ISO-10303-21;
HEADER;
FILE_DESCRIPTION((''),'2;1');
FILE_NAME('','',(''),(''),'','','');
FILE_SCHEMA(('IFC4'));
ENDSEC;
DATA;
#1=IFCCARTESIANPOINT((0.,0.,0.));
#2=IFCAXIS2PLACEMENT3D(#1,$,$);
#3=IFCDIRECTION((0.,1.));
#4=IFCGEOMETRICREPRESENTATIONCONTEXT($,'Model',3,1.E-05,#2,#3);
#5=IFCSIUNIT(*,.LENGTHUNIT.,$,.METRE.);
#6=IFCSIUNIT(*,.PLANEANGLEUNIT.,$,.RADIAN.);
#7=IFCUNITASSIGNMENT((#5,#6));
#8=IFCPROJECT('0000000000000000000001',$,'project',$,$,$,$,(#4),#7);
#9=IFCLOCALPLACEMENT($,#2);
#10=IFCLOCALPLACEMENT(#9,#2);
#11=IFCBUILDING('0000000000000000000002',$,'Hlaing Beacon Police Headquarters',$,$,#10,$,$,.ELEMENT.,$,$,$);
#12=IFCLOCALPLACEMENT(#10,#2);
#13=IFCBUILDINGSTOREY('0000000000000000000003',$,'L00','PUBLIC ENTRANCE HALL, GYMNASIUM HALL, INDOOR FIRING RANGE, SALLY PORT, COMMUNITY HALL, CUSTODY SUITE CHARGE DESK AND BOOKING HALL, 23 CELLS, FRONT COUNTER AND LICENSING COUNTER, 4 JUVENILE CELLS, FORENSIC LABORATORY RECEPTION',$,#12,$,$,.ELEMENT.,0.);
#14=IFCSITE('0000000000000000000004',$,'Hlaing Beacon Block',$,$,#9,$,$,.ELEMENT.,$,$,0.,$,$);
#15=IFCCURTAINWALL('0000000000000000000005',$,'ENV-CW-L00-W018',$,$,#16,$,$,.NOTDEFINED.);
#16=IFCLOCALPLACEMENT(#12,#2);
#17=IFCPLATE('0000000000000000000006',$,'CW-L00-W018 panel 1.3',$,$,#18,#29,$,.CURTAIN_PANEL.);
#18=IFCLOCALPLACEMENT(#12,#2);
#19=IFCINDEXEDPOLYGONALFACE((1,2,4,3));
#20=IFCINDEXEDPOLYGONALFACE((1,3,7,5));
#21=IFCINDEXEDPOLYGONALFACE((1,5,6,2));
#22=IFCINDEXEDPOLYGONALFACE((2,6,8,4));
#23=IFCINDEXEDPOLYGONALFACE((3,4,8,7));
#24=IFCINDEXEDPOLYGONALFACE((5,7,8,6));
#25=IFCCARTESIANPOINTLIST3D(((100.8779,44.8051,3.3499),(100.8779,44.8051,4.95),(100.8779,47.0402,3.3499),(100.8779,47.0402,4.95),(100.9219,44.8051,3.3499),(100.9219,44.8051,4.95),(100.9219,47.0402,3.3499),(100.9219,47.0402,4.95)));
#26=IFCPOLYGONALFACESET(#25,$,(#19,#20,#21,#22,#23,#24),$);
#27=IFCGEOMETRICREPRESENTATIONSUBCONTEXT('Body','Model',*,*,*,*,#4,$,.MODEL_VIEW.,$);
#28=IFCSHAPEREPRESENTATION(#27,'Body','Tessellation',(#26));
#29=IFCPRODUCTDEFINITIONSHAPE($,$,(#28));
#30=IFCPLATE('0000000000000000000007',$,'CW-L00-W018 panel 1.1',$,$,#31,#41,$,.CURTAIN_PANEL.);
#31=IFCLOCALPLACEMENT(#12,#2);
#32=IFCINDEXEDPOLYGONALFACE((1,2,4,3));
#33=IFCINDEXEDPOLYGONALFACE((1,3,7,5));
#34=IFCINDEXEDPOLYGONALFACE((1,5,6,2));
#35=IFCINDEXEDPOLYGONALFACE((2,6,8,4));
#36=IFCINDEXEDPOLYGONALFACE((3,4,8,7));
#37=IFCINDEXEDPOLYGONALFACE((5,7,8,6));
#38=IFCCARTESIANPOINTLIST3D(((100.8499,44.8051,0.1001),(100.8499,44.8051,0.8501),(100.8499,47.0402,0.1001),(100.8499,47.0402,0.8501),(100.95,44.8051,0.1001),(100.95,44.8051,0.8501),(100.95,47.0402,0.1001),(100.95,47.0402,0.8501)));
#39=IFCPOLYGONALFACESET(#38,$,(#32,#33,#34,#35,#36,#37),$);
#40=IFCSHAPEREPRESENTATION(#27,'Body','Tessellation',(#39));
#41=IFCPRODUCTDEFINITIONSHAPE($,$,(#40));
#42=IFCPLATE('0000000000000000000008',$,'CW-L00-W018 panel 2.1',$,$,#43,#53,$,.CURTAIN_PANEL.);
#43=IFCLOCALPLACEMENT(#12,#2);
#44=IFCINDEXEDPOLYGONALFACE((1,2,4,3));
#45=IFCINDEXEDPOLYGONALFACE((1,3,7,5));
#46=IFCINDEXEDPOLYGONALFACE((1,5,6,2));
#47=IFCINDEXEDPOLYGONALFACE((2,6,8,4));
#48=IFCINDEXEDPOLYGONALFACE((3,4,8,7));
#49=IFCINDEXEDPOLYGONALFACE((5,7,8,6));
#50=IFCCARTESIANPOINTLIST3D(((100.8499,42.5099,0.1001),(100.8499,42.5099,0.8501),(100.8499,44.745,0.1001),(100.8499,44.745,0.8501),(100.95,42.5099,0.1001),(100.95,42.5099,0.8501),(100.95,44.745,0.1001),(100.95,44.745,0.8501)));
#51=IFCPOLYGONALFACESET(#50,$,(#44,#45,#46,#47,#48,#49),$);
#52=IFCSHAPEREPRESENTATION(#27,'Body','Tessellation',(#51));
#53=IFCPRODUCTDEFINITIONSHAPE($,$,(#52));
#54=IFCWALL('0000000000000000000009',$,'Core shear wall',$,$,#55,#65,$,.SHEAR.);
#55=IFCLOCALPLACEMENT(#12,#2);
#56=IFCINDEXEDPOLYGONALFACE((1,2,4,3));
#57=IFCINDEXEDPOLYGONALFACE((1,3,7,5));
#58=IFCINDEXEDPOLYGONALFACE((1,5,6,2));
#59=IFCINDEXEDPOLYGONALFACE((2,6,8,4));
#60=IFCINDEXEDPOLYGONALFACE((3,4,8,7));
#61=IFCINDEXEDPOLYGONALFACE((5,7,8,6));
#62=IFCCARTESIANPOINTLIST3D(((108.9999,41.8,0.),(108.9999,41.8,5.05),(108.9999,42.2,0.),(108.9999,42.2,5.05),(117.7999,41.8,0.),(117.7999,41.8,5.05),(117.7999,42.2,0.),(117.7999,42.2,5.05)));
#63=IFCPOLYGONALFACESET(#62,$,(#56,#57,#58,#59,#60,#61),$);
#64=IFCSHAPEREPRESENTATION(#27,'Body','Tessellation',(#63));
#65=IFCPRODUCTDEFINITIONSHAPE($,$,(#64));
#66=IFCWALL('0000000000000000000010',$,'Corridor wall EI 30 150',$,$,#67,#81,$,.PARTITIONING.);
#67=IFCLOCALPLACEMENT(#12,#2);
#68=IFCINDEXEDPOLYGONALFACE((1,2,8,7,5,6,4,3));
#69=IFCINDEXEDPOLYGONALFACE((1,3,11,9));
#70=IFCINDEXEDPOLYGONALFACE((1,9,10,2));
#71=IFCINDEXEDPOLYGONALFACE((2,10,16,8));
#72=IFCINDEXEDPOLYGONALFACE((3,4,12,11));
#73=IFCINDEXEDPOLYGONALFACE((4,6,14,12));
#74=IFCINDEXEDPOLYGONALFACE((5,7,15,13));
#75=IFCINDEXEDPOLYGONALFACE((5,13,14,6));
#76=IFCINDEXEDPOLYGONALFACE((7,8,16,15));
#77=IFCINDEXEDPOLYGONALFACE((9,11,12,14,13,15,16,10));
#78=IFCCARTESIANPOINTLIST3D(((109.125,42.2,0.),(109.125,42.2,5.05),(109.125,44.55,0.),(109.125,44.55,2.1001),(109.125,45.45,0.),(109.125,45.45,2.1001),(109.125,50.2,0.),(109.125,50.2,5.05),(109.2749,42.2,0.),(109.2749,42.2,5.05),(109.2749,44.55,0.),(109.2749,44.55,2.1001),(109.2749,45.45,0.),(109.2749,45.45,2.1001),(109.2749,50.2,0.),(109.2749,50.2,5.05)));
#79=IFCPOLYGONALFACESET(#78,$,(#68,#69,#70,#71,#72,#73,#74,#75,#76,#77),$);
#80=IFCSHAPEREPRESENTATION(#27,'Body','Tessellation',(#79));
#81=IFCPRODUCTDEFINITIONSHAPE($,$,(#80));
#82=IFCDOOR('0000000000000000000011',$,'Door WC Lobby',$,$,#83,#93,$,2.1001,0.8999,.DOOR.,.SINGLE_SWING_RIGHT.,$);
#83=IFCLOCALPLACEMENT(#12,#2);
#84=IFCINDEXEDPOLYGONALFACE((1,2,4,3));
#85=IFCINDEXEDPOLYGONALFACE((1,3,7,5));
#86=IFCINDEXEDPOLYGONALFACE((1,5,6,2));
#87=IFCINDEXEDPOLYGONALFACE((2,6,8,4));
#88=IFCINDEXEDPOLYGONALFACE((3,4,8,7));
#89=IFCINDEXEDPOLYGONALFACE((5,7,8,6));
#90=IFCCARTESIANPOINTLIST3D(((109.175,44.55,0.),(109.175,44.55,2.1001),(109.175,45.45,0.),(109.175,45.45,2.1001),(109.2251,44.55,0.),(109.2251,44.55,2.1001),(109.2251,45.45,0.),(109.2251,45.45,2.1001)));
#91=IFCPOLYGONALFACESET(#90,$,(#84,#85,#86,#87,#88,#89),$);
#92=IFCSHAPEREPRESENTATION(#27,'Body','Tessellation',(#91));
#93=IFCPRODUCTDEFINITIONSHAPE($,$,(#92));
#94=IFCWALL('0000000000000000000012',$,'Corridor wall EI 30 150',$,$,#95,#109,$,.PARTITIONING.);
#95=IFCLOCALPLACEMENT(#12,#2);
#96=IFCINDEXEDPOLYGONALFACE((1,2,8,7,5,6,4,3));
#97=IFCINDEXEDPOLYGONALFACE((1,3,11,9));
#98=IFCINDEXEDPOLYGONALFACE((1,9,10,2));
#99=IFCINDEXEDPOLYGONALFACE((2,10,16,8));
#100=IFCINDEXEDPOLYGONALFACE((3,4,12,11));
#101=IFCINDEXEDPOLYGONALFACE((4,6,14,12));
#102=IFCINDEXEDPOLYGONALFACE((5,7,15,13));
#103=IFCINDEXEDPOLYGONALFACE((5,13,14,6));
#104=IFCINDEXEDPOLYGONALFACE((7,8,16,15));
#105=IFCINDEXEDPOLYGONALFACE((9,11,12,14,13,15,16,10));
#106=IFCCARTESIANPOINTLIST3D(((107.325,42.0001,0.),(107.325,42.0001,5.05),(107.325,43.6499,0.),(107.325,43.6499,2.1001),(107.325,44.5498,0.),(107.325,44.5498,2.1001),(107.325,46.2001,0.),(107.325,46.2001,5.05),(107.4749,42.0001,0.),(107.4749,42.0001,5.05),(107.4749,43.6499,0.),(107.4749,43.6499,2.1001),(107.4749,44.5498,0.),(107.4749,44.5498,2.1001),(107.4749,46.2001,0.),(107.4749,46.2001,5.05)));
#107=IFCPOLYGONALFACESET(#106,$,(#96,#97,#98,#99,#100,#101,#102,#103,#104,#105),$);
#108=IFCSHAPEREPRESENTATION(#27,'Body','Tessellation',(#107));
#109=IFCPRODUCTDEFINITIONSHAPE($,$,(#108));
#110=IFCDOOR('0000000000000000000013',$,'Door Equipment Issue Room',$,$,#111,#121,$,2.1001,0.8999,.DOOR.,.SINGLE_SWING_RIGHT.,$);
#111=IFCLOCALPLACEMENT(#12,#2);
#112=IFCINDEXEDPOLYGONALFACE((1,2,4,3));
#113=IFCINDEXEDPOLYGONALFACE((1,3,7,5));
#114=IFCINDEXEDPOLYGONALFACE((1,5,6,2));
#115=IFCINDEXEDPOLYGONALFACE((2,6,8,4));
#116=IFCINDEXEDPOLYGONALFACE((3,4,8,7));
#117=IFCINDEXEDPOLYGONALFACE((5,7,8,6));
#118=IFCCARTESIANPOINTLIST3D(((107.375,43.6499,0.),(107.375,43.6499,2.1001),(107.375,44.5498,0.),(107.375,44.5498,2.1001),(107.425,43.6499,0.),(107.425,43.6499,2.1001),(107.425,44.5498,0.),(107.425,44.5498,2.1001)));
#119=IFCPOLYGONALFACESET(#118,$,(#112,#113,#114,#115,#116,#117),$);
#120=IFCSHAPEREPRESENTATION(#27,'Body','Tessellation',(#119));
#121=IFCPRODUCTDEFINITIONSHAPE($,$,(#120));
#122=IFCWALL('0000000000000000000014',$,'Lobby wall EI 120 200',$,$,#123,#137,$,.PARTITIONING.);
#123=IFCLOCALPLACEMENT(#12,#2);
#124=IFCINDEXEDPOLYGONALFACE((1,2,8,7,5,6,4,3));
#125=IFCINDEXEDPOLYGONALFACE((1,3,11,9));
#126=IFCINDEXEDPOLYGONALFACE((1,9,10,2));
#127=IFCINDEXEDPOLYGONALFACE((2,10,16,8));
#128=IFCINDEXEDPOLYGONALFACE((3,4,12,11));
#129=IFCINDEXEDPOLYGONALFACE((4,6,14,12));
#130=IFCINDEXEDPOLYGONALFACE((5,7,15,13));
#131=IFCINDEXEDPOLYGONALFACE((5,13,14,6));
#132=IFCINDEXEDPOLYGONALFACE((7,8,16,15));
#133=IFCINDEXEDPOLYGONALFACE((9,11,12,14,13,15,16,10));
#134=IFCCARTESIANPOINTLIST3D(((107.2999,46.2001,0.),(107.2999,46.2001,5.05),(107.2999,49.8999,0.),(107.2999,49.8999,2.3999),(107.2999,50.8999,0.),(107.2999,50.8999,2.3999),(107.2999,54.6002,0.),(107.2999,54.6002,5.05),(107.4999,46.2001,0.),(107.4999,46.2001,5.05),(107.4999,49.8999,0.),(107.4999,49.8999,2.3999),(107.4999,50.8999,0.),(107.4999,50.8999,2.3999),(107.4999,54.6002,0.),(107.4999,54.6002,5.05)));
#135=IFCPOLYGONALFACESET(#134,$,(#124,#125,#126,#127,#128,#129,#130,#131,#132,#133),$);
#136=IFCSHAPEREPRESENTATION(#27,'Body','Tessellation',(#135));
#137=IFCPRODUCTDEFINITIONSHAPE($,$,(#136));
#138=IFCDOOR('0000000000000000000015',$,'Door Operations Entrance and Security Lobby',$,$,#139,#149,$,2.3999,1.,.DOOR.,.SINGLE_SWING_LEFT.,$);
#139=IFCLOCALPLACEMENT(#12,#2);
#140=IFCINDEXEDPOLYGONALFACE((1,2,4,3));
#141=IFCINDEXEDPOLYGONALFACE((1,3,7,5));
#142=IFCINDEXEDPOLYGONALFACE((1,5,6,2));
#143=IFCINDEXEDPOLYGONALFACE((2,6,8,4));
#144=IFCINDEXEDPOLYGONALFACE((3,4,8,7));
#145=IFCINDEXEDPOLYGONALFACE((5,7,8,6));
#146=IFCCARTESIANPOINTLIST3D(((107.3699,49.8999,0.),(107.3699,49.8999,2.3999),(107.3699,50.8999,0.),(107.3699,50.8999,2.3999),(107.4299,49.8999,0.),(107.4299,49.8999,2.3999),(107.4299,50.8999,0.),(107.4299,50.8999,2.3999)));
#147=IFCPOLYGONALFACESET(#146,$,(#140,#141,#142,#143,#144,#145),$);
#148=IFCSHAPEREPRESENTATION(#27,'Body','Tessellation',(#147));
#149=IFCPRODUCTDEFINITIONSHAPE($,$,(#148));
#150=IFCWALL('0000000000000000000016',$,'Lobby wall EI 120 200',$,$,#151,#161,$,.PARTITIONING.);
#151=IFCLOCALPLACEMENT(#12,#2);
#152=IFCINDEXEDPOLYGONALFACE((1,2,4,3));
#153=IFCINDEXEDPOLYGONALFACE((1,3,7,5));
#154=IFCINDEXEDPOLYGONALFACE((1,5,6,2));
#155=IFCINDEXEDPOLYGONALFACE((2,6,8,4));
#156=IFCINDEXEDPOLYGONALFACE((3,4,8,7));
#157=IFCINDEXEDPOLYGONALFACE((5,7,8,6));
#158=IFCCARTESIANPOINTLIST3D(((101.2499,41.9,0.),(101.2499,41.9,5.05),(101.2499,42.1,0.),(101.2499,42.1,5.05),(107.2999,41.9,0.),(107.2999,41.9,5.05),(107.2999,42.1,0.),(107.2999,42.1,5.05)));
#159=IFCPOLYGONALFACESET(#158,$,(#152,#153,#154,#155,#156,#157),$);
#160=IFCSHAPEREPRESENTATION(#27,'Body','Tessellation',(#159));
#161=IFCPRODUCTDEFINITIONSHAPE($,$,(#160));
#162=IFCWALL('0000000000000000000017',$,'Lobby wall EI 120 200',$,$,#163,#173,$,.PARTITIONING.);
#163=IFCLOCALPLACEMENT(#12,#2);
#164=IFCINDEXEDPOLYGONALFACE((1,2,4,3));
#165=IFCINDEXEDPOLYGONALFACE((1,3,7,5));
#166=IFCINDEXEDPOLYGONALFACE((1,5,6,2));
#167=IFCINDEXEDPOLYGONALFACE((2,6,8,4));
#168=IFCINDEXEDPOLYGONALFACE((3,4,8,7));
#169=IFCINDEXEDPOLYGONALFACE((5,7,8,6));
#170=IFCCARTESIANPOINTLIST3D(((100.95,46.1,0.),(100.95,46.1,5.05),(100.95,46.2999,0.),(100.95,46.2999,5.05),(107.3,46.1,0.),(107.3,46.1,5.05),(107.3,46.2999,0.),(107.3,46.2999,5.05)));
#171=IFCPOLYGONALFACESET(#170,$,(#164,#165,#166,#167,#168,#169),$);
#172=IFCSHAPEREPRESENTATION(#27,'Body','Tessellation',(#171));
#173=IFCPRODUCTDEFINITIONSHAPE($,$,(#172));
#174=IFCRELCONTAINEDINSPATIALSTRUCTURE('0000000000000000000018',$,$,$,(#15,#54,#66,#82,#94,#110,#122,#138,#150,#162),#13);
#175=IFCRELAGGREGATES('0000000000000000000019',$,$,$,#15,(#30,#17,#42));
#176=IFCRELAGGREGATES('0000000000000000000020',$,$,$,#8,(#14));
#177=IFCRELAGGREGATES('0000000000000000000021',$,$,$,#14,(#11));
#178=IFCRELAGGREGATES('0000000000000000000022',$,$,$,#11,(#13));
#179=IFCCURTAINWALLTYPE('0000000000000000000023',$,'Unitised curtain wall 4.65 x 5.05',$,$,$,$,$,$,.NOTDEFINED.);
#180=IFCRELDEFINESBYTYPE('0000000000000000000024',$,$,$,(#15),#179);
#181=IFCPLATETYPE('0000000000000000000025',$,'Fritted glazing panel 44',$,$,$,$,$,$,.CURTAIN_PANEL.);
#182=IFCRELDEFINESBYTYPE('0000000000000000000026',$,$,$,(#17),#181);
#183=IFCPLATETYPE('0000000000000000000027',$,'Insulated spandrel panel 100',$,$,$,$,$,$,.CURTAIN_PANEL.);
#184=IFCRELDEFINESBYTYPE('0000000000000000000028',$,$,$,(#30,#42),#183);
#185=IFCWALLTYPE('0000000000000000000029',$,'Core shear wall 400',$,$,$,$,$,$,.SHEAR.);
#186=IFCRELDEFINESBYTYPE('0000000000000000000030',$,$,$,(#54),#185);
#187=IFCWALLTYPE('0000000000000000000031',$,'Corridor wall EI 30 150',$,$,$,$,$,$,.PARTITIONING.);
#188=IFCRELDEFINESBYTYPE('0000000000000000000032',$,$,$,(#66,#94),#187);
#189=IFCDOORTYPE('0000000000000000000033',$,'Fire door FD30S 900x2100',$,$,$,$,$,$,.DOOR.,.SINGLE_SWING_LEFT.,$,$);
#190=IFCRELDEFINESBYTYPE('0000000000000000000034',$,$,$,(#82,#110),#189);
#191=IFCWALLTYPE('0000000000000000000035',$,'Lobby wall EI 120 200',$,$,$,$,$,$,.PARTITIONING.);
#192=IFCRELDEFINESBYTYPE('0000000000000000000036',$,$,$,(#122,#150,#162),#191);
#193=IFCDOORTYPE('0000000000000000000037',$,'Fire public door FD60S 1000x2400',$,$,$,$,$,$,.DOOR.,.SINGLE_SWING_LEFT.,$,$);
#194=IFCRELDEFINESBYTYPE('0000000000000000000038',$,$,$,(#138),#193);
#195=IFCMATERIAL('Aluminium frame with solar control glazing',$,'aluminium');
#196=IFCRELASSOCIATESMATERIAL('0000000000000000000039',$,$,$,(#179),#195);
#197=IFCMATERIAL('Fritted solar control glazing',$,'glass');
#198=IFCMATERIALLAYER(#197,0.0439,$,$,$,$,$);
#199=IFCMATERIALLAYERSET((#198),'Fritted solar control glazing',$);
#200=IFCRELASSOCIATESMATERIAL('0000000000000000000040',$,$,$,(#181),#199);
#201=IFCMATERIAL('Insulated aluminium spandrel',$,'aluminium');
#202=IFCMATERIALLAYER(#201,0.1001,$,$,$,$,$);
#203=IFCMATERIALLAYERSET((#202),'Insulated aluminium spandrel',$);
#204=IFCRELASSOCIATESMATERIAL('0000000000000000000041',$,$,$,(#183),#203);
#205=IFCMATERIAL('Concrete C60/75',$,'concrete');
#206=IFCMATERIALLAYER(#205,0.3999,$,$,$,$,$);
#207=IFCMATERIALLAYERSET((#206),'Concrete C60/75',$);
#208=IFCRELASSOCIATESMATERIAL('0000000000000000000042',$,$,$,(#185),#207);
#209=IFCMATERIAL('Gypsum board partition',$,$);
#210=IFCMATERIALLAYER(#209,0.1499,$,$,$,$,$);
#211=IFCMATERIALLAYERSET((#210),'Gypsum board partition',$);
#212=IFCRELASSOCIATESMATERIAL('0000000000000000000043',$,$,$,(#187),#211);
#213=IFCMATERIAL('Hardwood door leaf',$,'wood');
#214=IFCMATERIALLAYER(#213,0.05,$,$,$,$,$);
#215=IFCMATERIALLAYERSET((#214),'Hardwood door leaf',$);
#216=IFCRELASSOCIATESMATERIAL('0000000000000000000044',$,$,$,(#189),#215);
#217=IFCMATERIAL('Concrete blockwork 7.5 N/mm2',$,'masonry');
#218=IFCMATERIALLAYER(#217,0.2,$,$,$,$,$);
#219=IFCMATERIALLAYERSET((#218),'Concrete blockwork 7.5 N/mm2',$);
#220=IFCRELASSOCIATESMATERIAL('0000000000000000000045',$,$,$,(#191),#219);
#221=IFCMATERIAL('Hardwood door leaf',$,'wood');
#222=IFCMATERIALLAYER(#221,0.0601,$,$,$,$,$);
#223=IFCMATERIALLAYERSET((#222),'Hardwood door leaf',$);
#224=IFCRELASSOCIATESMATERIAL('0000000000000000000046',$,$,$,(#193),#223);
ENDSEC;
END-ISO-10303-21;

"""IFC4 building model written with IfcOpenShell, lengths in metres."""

from ifc_helpers import new_model, si_unit, direction, frame, frame_2d, origin, origin_2d, place, context, subcontext, project, spatial, rectangle, extrude, material, layer, layer_set, type_object, element, fill, aggregate, save


model = new_model("IFC4")

# Units and contexts
model_context = context("Model", 3, precision=1e-05, world=origin(), true_north=direction((0.0, 1.0)))
body_context = subcontext(model_context, "Body", "Model", "MODEL_VIEW")
ifc_project = project(units=[si_unit("LENGTHUNIT", "METRE"), si_unit("PLANEANGLEUNIT", "RADIAN")], contexts=[model_context])

# Site, building, storey
site_placement = place(None, origin())
site = spatial("IfcSite", under=ifc_project, at=site_placement, Name="Hlaing Beacon Block", CompositionType="ELEMENT", RefElevation=0.0)
building_placement = place(site_placement, origin())
building = spatial("IfcBuilding", under=site, at=building_placement, Name="Hlaing Beacon Police Headquarters", CompositionType="ELEMENT")
storey_placement = place(building_placement, origin())
storey = spatial("IfcBuildingStorey", under=building, at=storey_placement, Name="L00", Description="PUBLIC ENTRANCE HALL, GYMNASIUM HALL, INDOOR FIRING RANGE, SALLY PORT, COMMUNITY HALL, CUSTODY SUITE CHARGE DESK AND BOOKING HALL, 23 CELLS, FRONT COUNTER AND LICENSING COUNTER, 4 JUVENILE CELLS, FORENSIC LABORATORY RECEPTION", CompositionType="ELEMENT", Elevation=0.0)

# Curtain wall, plates
ifc_material_1 = material(Name="Aluminium frame with solar control glazing", Category="aluminium")
curtain_wall_type = type_object("IfcCurtainWallType", Name="Unitised curtain wall 4.65 x 5.05", PredefinedType="NOTDEFINED", material=ifc_material_1)
curtain_wall_placement = place(storey_placement, origin())
curtain_wall = element("IfcCurtainWall", 1, at=curtain_wall_placement, inside=storey, type_object=curtain_wall_type, Name="ENV-CW-L00-W018", PredefinedType="NOTDEFINED")
ifc_material_2 = material(Name="Fritted solar control glazing", Category="glass")
ifc_layer_1 = layer(ifc_material_2, 0.0439)
ifc_layer_set_1 = layer_set([ifc_layer_1], Name="Fritted solar control glazing")
plate_type_1 = type_object("IfcPlateType", Name="Fritted glazing panel 44", PredefinedType="CURTAIN_PANEL", material=ifc_layer_set_1)
plate_1_placement = place(storey_placement, frame((100.8999, 45.9226, 3.3499), z_axis=(0.0, 0.0, 1.0), x_axis=(0.0, -1.0, 0.0)))
plate_1 = element("IfcPlate", 2, at=plate_1_placement, type_object=plate_type_1, Name="CW-L00-W018 panel 1.3", PredefinedType="CURTAIN_PANEL", context=body_context, shape_type="SweptSolid", body=[
    extrude(rectangle(XDim=2.2351, YDim=0.0439, at=origin_2d()), origin(), (0.0, 0.0, 1.0), 1.6001),
])
ifc_material_3 = material(Name="Insulated aluminium spandrel", Category="aluminium")
ifc_layer_2 = layer(ifc_material_3, 0.1001)
ifc_layer_set_2 = layer_set([ifc_layer_2], Name="Insulated aluminium spandrel")
plate_type_2 = type_object("IfcPlateType", Name="Insulated spandrel panel 100", PredefinedType="CURTAIN_PANEL", material=ifc_layer_set_2)
plate_2_placement = place(storey_placement, frame((100.8999, 45.9226, 0.1001), z_axis=(0.0, 0.0, 1.0), x_axis=(0.0, -1.0, 0.0)))
plate_2 = element("IfcPlate", 3, at=plate_2_placement, type_object=plate_type_2, Name="CW-L00-W018 panel 1.1", PredefinedType="CURTAIN_PANEL", context=body_context, shape_type="SweptSolid", body=[
    extrude(rectangle(XDim=2.2351, YDim=0.1001, at=origin_2d()), origin(), (0.0, 0.0, 1.0), 0.75),
])
plate_3_placement = place(storey_placement, frame((100.8999, 43.6274, 0.1001), z_axis=(0.0, 0.0, 1.0), x_axis=(0.0, -1.0, 0.0)))
plate_3 = element("IfcPlate", 4, at=plate_3_placement, type_object=plate_type_2, Name="CW-L00-W018 panel 2.1", PredefinedType="CURTAIN_PANEL", context=body_context, shape_type="SweptSolid", body=[
    extrude(rectangle(XDim=2.2351, YDim=0.1001, at=origin_2d()), origin(), (0.0, 0.0, 1.0), 0.75),
])
aggregate(curtain_wall, [plate_2, plate_1, plate_3])

# Wall
ifc_material_4 = material(Name="Concrete C60/75", Category="concrete")
ifc_layer_3 = layer(ifc_material_4, 0.3999)
ifc_layer_set_3 = layer_set([ifc_layer_3], Name="Concrete C60/75")
wall_type_1 = type_object("IfcWallType", Name="Core shear wall 400", PredefinedType="SHEAR", material=ifc_layer_set_3)
wall_1_placement = place(storey_placement, frame((109.0, 42.0, 0.0), z_axis=(0.0, 0.0, 1.0), x_axis=(1.0, 0.0, 0.0)))
element("IfcWall", 5, at=wall_1_placement, inside=storey, type_object=wall_type_1, Name="Core shear wall", PredefinedType="SHEAR", context=body_context, shape_type="SweptSolid", body=[
    extrude(rectangle(XDim=8.8, YDim=0.3999, at=frame_2d((4.3999, 0.0))), origin(), (0.0, 0.0, 1.0), 5.05),
])

# Walls, openings, doors
ifc_material_5 = material(Name="Gypsum board partition")
ifc_layer_4 = layer(ifc_material_5, 0.1499)
ifc_layer_set_4 = layer_set([ifc_layer_4], Name="Gypsum board partition")
wall_type_2 = type_object("IfcWallType", Name="Corridor wall EI 30 150", PredefinedType="PARTITIONING", material=ifc_layer_set_4)
wall_2_placement = place(storey_placement, frame((109.2, 42.2, 0.0), z_axis=(0.0, 0.0, 1.0), x_axis=(0.0, 1.0, 0.0)))
wall_2 = element("IfcWall", 6, at=wall_2_placement, inside=storey, type_object=wall_type_2, Name="Corridor wall EI 30 150", PredefinedType="PARTITIONING", context=body_context, shape_type="SweptSolid", body=[
    extrude(rectangle(XDim=8.0, YDim=0.1499, at=frame_2d((4.0, 0.0))), origin(), (0.0, 0.0, 1.0), 5.05),
])
opening_1_placement = place(wall_2_placement, frame((2.3501, 0.0, 0.0)))
opening_1 = element("IfcOpeningElement", 7, at=opening_1_placement, cuts=wall_2, PredefinedType="OPENING", context=body_context, shape_type="SweptSolid", body=[
    extrude(rectangle(XDim=0.8999, YDim=2.1001, at=frame_2d((0.45, 1.05))), frame((0.0, 0.085, 0.0), z_axis=(0.0, -1.0, 0.0), x_axis=(1.0, 0.0, 0.0)), (0.0, 0.0, 1.0), 0.1699),
])
ifc_material_6 = material(Name="Hardwood door leaf", Category="wood")
ifc_layer_5 = layer(ifc_material_6, 0.05)
ifc_layer_set_5 = layer_set([ifc_layer_5], Name="Hardwood door leaf")
door_type_1 = type_object("IfcDoorType", Name="Fire door FD30S 900x2100", OperationType="SINGLE_SWING_LEFT", PredefinedType="DOOR", material=ifc_layer_set_5)
door_1_placement = place(opening_1_placement, frame((0.8999, 0.0, 0.0), z_axis=(0.0, 0.0, 1.0), x_axis=(-1.0, 0.0, 0.0)))
door_1 = element("IfcDoor", 8, at=door_1_placement, inside=storey, type_object=door_type_1, Name="Door WC Lobby", OperationType="SINGLE_SWING_RIGHT", OverallHeight=2.1001, OverallWidth=0.8999, PredefinedType="DOOR", context=body_context, shape_type="SweptSolid", body=[
    extrude(rectangle(XDim=0.8999, YDim=2.1001, at=frame_2d((0.45, 1.05))), frame((0.0, 0.0251, 0.0), z_axis=(0.0, -1.0, 0.0), x_axis=(1.0, 0.0, 0.0)), (0.0, 0.0, 1.0), 0.05),
])
fill(opening_1, door_1)
wall_3_placement = place(storey_placement, frame((107.3999, 42.0, 0.0), z_axis=(0.0, 0.0, 1.0), x_axis=(0.0, 1.0, 0.0)))
wall_3 = element("IfcWall", 9, at=wall_3_placement, inside=storey, type_object=wall_type_2, Name="Corridor wall EI 30 150", PredefinedType="PARTITIONING", context=body_context, shape_type="SweptSolid", body=[
    extrude(rectangle(XDim=4.2, YDim=0.1499, at=frame_2d((2.1001, 0.0))), origin(), (0.0, 0.0, 1.0), 5.05),
])
opening_2_placement = place(wall_3_placement, frame((1.6499, 0.0, 0.0)))
opening_2 = element("IfcOpeningElement", 10, at=opening_2_placement, cuts=wall_3, PredefinedType="OPENING", context=body_context, shape_type="SweptSolid", body=[
    extrude(rectangle(XDim=0.8999, YDim=2.1001, at=frame_2d((0.45, 1.05))), frame((0.0, 0.085, 0.0), z_axis=(0.0, -1.0, 0.0), x_axis=(1.0, 0.0, 0.0)), (0.0, 0.0, 1.0), 0.1699),
])
door_2_placement = place(opening_2_placement, origin())
door_2 = element("IfcDoor", 11, at=door_2_placement, inside=storey, type_object=door_type_1, Name="Door Equipment Issue Room", OperationType="SINGLE_SWING_RIGHT", OverallHeight=2.1001, OverallWidth=0.8999, PredefinedType="DOOR", context=body_context, shape_type="SweptSolid", body=[
    extrude(rectangle(XDim=0.8999, YDim=2.1001, at=frame_2d((0.45, 1.05))), frame((0.0, 0.0249, 0.0), z_axis=(0.0, -1.0, 0.0), x_axis=(1.0, 0.0, 0.0)), (0.0, 0.0, 1.0), 0.05),
])
fill(opening_2, door_2)
ifc_material_7 = material(Name="Concrete blockwork 7.5 N/mm2", Category="masonry")
ifc_layer_6 = layer(ifc_material_7, 0.2)
ifc_layer_set_6 = layer_set([ifc_layer_6], Name="Concrete blockwork 7.5 N/mm2")
wall_type_3 = type_object("IfcWallType", Name="Lobby wall EI 120 200", PredefinedType="PARTITIONING", material=ifc_layer_set_6)
wall_4_placement = place(storey_placement, frame((107.3999, 46.2, 0.0), z_axis=(0.0, 0.0, 1.0), x_axis=(0.0, 1.0, 0.0)))
wall_4 = element("IfcWall", 12, at=wall_4_placement, inside=storey, type_object=wall_type_3, Name="Lobby wall EI 120 200", PredefinedType="PARTITIONING", context=body_context, shape_type="SweptSolid", body=[
    extrude(rectangle(XDim=8.4001, YDim=0.2, at=frame_2d((4.2002, 0.0))), origin(), (0.0, 0.0, 1.0), 5.05),
])
opening_3_placement = place(wall_4_placement, frame((3.7, 0.0, 0.0)))
opening_3 = element("IfcOpeningElement", 13, at=opening_3_placement, cuts=wall_4, PredefinedType="OPENING", context=body_context, shape_type="SweptSolid", body=[
    extrude(rectangle(XDim=1.0, YDim=2.3999, at=frame_2d((0.5, 1.2))), frame((0.0, 0.1099, 0.0), z_axis=(0.0, -1.0, 0.0), x_axis=(1.0, 0.0, 0.0)), (0.0, 0.0, 1.0), 0.22),
])
ifc_material_8 = material(Name="Hardwood door leaf", Category="wood")
ifc_layer_7 = layer(ifc_material_8, 0.0601)
ifc_layer_set_7 = layer_set([ifc_layer_7], Name="Hardwood door leaf")
door_type_2 = type_object("IfcDoorType", Name="Fire public door FD60S 1000x2400", OperationType="SINGLE_SWING_LEFT", PredefinedType="DOOR", material=ifc_layer_set_7)
door_3_placement = place(opening_3_placement, origin())
door_3 = element("IfcDoor", 14, at=door_3_placement, inside=storey, type_object=door_type_2, Name="Door Operations Entrance and Security Lobby", OperationType="SINGLE_SWING_LEFT", OverallHeight=2.3999, OverallWidth=1.0, PredefinedType="DOOR", context=body_context, shape_type="SweptSolid", body=[
    extrude(rectangle(XDim=1.0, YDim=2.3999, at=frame_2d((0.5, 1.2))), frame((0.0, 0.03, 0.0), z_axis=(0.0, -1.0, 0.0), x_axis=(1.0, 0.0, 0.0)), (0.0, 0.0, 1.0), 0.0601),
])
fill(opening_3, door_3)

# Walls
wall_5_placement = place(storey_placement, frame((101.25, 42.0, 0.0), z_axis=(0.0, 0.0, 1.0), x_axis=(1.0, 0.0, 0.0)))
element("IfcWall", 15, at=wall_5_placement, inside=storey, type_object=wall_type_3, Name="Lobby wall EI 120 200", PredefinedType="PARTITIONING", context=body_context, shape_type="SweptSolid", body=[
    extrude(rectangle(XDim=6.05, YDim=0.2, at=frame_2d((3.0249, 0.0))), origin(), (0.0, 0.0, 1.0), 5.05),
])
wall_6_placement = place(storey_placement, frame((100.95, 46.2, 0.0), z_axis=(0.0, 0.0, 1.0), x_axis=(1.0, 0.0, 0.0)))
element("IfcWall", 16, at=wall_6_placement, inside=storey, type_object=wall_type_3, Name="Lobby wall EI 120 200", PredefinedType="PARTITIONING", context=body_context, shape_type="SweptSolid", body=[
    extrude(rectangle(XDim=6.3501, YDim=0.2, at=frame_2d((3.175, 0.0))), origin(), (0.0, 0.0, 1.0), 5.05),
])

save(model, "model.ifc")
